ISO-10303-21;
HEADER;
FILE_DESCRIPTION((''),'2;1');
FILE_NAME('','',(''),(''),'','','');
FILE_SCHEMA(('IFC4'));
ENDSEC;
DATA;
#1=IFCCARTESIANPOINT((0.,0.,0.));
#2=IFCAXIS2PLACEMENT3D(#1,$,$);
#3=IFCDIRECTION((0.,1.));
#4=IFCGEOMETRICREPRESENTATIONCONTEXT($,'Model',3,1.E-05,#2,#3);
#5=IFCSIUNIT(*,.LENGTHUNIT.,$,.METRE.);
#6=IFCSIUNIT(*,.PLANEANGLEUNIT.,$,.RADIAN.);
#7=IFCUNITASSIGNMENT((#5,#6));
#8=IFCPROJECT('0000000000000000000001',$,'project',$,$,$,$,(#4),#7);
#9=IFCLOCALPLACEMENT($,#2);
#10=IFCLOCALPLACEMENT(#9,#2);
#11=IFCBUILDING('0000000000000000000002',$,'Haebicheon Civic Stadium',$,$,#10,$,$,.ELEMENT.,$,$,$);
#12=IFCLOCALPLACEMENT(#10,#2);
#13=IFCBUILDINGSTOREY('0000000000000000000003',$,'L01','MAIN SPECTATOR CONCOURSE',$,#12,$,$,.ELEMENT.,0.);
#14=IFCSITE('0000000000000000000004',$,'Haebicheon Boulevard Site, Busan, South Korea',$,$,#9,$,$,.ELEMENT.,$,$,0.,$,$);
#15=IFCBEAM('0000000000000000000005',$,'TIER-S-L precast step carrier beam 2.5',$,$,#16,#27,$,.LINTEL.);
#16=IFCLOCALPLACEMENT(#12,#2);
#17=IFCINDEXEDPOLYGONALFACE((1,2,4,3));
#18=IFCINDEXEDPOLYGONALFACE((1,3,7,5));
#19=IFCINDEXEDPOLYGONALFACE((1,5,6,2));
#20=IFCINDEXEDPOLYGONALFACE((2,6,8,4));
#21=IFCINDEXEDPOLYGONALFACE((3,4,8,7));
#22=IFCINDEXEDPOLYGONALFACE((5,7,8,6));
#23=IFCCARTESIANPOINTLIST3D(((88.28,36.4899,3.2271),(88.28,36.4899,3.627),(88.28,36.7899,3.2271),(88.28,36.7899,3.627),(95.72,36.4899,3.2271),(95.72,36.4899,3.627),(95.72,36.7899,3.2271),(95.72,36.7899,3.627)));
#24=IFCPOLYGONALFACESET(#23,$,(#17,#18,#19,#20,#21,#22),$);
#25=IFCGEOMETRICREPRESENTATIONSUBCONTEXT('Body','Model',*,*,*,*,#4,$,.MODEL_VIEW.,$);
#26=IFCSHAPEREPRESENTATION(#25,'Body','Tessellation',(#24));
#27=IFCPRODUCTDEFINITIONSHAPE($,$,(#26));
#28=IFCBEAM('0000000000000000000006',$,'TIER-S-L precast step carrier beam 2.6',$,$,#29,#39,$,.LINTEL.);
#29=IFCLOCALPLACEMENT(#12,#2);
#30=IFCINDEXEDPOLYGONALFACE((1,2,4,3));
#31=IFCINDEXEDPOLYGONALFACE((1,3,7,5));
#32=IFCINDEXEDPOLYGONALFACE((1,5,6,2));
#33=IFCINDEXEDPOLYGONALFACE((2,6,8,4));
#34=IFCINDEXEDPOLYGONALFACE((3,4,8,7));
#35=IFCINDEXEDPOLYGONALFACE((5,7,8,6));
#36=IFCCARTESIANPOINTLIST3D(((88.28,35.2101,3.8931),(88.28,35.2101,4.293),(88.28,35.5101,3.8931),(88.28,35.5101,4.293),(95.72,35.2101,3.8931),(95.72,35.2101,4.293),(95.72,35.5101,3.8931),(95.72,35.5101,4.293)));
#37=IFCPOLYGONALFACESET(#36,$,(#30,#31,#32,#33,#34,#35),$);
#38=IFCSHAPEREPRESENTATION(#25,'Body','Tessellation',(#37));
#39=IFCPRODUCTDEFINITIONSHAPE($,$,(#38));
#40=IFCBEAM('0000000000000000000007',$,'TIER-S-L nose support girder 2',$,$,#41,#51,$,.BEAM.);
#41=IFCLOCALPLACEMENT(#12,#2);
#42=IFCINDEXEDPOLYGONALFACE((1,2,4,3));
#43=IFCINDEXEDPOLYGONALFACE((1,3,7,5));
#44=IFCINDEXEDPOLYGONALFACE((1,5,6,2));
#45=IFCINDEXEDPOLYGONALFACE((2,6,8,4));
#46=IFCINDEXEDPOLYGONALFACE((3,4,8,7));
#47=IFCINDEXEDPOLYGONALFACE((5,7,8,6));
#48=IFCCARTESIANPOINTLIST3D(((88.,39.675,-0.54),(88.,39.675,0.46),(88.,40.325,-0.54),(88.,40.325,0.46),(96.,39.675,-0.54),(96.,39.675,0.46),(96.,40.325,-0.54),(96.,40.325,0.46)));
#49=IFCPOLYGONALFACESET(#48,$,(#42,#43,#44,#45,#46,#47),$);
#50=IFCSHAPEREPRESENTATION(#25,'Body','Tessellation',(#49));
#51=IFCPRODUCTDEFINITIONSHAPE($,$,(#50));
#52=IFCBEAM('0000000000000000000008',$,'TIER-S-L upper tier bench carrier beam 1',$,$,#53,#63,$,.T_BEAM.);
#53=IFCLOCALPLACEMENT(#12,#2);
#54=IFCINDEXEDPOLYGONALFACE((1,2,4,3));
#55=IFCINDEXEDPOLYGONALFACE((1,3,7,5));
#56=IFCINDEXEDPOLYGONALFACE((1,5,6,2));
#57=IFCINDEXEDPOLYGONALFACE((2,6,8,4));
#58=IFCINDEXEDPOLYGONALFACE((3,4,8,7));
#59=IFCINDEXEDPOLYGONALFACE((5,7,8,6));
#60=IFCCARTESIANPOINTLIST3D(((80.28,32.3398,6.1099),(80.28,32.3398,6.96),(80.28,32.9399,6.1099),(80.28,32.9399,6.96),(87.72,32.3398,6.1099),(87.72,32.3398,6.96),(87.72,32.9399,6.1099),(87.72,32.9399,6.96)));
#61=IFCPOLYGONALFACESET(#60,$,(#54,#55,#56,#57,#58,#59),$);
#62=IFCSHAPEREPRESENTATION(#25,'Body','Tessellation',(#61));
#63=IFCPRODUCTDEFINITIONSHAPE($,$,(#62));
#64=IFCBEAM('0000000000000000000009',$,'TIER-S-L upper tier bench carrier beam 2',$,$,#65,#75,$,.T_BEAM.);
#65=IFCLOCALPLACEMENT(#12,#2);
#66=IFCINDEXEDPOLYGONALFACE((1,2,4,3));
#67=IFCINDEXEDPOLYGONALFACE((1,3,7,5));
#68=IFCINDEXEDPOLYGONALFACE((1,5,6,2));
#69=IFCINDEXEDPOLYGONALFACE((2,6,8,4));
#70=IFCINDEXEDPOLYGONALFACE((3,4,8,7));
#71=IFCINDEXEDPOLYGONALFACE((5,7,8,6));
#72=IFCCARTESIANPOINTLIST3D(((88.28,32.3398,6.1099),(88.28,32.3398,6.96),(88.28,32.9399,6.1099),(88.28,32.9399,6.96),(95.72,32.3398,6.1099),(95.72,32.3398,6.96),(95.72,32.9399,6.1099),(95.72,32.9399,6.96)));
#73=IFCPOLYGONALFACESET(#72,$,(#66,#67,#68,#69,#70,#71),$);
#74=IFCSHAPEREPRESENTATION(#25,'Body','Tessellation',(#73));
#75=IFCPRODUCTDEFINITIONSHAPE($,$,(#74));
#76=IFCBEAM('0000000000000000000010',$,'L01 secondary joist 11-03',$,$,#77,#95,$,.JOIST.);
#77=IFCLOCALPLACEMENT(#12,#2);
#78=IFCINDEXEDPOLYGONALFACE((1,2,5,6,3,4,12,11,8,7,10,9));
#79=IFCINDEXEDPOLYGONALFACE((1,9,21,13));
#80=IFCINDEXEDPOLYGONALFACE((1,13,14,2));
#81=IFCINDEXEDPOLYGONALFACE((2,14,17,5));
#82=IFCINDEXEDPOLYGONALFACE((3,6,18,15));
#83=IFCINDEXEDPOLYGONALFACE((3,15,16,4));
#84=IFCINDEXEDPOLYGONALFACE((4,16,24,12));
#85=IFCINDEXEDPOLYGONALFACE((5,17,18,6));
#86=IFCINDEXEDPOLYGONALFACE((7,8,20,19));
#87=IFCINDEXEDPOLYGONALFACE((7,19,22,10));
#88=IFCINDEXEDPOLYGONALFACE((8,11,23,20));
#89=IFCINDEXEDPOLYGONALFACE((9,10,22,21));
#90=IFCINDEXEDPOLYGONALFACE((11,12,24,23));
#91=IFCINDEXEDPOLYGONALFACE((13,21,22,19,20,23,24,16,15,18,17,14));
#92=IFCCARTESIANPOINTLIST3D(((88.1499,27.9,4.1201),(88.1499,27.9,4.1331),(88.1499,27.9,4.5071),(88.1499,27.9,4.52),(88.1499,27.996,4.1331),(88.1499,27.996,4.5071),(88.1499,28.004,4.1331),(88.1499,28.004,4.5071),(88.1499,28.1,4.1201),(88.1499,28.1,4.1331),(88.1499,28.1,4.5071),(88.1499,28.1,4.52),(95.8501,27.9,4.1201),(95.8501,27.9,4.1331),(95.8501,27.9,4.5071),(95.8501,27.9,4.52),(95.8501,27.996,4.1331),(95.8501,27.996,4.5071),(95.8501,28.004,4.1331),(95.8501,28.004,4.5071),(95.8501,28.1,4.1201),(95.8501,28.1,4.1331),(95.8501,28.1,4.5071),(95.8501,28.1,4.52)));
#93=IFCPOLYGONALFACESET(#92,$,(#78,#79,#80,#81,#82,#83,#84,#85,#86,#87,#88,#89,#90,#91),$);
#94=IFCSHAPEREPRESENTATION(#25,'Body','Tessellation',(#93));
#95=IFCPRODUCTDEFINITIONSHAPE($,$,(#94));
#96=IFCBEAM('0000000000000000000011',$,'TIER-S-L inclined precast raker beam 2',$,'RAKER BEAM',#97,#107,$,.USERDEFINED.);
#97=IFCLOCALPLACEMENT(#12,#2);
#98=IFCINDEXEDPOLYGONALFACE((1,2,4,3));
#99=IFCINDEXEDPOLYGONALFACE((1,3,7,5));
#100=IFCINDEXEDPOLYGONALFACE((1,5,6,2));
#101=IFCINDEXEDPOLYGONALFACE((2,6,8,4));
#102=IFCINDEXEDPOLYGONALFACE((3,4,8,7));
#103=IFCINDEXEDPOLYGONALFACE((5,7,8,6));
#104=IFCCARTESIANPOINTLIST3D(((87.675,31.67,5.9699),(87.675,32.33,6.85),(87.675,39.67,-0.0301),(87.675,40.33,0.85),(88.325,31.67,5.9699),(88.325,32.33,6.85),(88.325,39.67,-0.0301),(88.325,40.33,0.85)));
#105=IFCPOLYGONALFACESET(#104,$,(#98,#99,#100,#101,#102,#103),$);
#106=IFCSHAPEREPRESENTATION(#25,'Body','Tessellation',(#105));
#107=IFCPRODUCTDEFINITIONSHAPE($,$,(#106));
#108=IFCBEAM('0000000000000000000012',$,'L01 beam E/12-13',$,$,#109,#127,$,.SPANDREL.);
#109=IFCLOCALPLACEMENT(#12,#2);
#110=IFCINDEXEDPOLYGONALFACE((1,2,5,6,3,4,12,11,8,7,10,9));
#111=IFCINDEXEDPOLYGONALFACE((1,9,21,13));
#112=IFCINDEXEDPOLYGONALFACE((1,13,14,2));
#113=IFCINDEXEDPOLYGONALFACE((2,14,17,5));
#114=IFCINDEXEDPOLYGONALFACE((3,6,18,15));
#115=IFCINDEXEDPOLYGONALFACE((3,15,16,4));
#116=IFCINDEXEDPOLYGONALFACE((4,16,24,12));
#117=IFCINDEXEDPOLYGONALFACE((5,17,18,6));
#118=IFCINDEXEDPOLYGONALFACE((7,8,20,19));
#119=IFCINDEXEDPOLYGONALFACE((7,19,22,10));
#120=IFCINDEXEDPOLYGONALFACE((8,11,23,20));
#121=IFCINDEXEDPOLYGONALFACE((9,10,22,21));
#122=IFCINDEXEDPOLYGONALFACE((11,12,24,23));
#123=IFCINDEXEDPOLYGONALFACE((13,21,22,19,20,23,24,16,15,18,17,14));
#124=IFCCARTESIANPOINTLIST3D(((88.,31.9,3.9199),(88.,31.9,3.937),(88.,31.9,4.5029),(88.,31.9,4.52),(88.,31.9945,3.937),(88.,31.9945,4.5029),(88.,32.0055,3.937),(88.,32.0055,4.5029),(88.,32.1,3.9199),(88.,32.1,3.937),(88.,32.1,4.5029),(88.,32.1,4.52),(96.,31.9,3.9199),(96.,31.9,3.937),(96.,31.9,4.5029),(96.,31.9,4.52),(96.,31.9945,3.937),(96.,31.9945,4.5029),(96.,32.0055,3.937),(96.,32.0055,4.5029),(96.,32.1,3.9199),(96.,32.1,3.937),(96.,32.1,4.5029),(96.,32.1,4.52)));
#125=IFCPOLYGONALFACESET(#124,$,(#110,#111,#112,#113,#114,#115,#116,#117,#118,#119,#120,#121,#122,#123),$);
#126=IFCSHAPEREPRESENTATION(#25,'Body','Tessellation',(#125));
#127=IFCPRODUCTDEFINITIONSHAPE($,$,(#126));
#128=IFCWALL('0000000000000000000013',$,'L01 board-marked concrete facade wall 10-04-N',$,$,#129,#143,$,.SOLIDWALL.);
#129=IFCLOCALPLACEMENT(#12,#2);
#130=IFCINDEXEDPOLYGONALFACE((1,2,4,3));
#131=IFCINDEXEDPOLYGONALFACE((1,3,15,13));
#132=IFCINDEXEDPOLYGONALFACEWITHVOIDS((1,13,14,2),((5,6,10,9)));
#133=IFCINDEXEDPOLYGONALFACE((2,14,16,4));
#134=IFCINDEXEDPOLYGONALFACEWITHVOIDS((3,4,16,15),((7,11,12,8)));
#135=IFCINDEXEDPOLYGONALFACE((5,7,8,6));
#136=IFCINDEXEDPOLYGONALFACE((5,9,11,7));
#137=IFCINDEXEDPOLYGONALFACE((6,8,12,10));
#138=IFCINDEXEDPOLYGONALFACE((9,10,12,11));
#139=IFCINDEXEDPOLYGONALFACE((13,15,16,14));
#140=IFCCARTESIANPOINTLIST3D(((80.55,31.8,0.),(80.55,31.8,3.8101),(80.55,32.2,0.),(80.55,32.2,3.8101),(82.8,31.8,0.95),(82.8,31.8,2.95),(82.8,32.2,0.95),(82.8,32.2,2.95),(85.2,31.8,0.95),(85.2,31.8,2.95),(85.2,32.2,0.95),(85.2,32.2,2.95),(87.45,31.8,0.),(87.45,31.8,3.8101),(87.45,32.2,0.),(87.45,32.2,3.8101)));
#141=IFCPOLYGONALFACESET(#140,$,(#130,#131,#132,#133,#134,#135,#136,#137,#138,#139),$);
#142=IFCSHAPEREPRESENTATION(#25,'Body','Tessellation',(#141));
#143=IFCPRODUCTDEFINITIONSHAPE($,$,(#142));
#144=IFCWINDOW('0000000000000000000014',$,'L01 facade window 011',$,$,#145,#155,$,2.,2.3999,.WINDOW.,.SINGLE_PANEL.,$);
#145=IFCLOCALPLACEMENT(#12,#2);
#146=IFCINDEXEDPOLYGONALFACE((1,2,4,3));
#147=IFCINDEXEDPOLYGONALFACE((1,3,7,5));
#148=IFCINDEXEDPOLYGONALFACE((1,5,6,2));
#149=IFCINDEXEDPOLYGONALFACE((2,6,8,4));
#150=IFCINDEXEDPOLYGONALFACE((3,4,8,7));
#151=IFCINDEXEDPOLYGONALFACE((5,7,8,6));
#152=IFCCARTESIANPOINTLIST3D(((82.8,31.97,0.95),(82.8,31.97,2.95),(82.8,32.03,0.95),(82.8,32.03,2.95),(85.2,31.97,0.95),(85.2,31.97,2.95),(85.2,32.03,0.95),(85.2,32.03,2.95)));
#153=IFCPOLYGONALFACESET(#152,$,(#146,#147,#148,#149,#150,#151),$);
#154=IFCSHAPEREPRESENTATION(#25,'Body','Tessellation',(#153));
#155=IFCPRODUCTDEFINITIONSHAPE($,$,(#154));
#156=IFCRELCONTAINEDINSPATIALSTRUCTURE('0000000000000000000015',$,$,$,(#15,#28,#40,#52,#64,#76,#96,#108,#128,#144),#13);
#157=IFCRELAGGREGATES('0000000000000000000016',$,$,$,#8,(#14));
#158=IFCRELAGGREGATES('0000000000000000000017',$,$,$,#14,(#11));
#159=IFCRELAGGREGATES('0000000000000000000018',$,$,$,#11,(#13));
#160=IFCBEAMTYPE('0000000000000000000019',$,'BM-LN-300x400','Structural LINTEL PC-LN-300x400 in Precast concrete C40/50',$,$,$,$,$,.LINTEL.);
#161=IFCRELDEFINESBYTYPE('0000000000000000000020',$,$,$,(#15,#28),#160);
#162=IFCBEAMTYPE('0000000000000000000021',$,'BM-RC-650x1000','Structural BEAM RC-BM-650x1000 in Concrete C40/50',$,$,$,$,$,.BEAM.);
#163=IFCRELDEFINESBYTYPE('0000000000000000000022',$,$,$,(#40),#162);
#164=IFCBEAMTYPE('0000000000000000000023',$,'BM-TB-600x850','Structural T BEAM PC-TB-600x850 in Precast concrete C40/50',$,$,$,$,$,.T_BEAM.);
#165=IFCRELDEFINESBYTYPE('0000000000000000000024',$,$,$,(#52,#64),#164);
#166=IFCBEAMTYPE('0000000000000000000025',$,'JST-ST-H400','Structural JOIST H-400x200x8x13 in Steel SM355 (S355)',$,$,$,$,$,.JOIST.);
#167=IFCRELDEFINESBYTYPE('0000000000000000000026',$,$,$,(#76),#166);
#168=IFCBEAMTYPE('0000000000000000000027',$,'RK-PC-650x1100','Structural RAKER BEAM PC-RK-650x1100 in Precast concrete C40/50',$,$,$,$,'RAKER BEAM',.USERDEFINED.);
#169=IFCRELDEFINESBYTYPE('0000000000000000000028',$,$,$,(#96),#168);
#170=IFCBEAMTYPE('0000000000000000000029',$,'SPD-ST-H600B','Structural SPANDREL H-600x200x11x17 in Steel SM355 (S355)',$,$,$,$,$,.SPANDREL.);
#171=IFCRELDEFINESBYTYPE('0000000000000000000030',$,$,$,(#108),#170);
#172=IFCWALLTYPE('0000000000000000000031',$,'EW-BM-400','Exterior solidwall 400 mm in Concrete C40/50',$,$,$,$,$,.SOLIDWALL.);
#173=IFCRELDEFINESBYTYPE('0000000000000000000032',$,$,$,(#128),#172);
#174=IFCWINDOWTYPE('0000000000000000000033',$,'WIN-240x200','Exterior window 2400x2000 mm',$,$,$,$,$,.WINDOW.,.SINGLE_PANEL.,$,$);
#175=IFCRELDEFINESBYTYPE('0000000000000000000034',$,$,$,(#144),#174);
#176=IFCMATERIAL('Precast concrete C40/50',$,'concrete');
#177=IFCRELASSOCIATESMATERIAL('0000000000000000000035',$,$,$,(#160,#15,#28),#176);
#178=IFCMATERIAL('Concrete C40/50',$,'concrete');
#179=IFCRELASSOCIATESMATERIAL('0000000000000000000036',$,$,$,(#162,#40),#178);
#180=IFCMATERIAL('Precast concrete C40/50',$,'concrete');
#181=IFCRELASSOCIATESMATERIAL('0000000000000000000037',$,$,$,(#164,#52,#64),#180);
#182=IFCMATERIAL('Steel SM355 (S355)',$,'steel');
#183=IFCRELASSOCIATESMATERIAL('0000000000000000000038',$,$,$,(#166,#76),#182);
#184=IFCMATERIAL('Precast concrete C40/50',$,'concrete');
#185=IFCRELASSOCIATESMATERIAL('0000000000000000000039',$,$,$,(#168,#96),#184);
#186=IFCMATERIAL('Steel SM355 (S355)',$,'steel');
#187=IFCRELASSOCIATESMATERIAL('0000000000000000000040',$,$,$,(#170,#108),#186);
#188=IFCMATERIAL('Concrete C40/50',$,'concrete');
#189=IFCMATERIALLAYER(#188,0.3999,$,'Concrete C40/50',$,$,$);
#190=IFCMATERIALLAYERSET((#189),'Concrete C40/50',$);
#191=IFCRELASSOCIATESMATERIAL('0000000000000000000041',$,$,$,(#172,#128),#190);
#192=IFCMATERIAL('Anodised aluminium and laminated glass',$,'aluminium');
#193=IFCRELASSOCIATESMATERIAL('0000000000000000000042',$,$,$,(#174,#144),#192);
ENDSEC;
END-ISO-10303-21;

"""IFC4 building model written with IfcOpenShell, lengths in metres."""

from ifc_helpers import new_model, si_unit, direction, frame, frame_2d, origin, origin_2d, place, context, subcontext, project, spatial, rectangle, i_section, extrude, material, layer, layer_set, material_profile, profile_set, type_object, element, fill, save


model = new_model("IFC4")

# Units and contexts
model_context = context("Model", 3, precision=1e-05, world=origin(), true_north=direction((0.0, 1.0)))
body_context = subcontext(model_context, "Body", "Model", "MODEL_VIEW")
ifc_project = project(units=[si_unit("LENGTHUNIT", "METRE"), si_unit("PLANEANGLEUNIT", "RADIAN")], contexts=[model_context])

# Site, building, storey
site_placement = place(None, origin())
site = spatial("IfcSite", under=ifc_project, at=site_placement, Name="Haebicheon Boulevard Site, Busan, South Korea", CompositionType="ELEMENT", RefElevation=0.0)
building_placement = place(site_placement, origin())
building = spatial("IfcBuilding", under=site, at=building_placement, Name="Haebicheon Civic Stadium", CompositionType="ELEMENT")
storey_placement = place(building_placement, origin())
storey = spatial("IfcBuildingStorey", under=building, at=storey_placement, Name="L01", Description="MAIN SPECTATOR CONCOURSE", CompositionType="ELEMENT", Elevation=0.0)

# Beams
ifc_material_1 = material(Name="Precast concrete C40/50", Category="concrete")
ifc_material_profile_1 = material_profile(ifc_material_1, rectangle(XDim=0.3, YDim=0.3999, at=origin_2d()), Name="PC-LN-300x400")
ifc_profile_set_1 = profile_set([ifc_material_profile_1], Name="Precast concrete C40/50")
beam_type_1 = type_object("IfcBeamType", Name="BM-LN-300x400", Description="Structural LINTEL PC-LN-300x400 in Precast concrete C40/50", PredefinedType="LINTEL", material=ifc_profile_set_1)
for number, where, z_axis, x_axis, name in (
    (1, (88.28, 36.6399, 3.427), (1.0, 0.0, 0.0), (0.0, 1.0, 0.0), "TIER-S-L precast step carrier beam 2.5"),
    (2, (88.28, 35.3601, 4.093), (1.0, 0.0, 0.0), (0.0, 1.0, 0.0), "TIER-S-L precast step carrier beam 2.6"),
):
    element("IfcBeam", number, at=place(storey_placement, frame(where, z_axis=z_axis, x_axis=x_axis)), inside=storey, type_object=beam_type_1, material=ifc_profile_set_1, Name=name, PredefinedType="LINTEL", context=body_context, shape_type="SweptSolid", body=[
        extrude(rectangle(XDim=0.3, YDim=0.3999, at=origin_2d()), origin(), (0.0, 0.0, 1.0), 7.4399),
    ])
ifc_material_2 = material(Name="Concrete C40/50", Category="concrete")
ifc_material_profile_2 = material_profile(ifc_material_2, rectangle(XDim=0.6499, YDim=1.0, at=origin_2d()), Name="RC-BM-650x1000")
ifc_profile_set_2 = profile_set([ifc_material_profile_2], Name="Concrete C40/50")
beam_type_2 = type_object("IfcBeamType", Name="BM-RC-650x1000", Description="Structural BEAM RC-BM-650x1000 in Concrete C40/50", PredefinedType="BEAM", material=ifc_profile_set_2)
beam_1_placement = place(storey_placement, frame((88.0, 40.0, -0.04), z_axis=(1.0, 0.0, 0.0), x_axis=(0.0, 1.0, 0.0)))
element("IfcBeam", 3, at=beam_1_placement, inside=storey, type_object=beam_type_2, material=ifc_profile_set_2, Name="TIER-S-L nose support girder 2", PredefinedType="BEAM", context=body_context, shape_type="SweptSolid", body=[
    extrude(rectangle(XDim=0.6499, YDim=1.0, at=origin_2d()), origin(), (0.0, 0.0, 1.0), 8.0),
])
ifc_material_3 = material(Name="Precast concrete C40/50", Category="concrete")
ifc_material_profile_3 = material_profile(ifc_material_3, rectangle(XDim=0.6001, YDim=0.8501, at=origin_2d()), Name="PC-TB-600x850")
ifc_profile_set_3 = profile_set([ifc_material_profile_3], Name="Precast concrete C40/50")
beam_type_3 = type_object("IfcBeamType", Name="BM-TB-600x850", Description="Structural T BEAM PC-TB-600x850 in Precast concrete C40/50", PredefinedType="T_BEAM", material=ifc_profile_set_3)
for number, where, z_axis, x_axis, name in (
    (4, (80.28, 32.6399, 6.5349), (1.0, 0.0, 0.0), (0.0, 1.0, 0.0), "TIER-S-L upper tier bench carrier beam 1"),
    (5, (88.28, 32.6399, 6.5349), (1.0, 0.0, 0.0), (0.0, 1.0, 0.0), "TIER-S-L upper tier bench carrier beam 2"),
):
    element("IfcBeam", number, at=place(storey_placement, frame(where, z_axis=z_axis, x_axis=x_axis)), inside=storey, type_object=beam_type_3, material=ifc_profile_set_3, Name=name, PredefinedType="T_BEAM", context=body_context, shape_type="SweptSolid", body=[
        extrude(rectangle(XDim=0.6001, YDim=0.8501, at=origin_2d()), origin(), (0.0, 0.0, 1.0), 7.4399),
    ])
ifc_material_4 = material(Name="Steel SM355 (S355)", Category="steel")
ifc_material_profile_4 = material_profile(ifc_material_4, i_section(OverallWidth=0.2, OverallDepth=0.3999, WebThickness=0.0081, FlangeThickness=0.0129, at=origin_2d()), Name="H-400x200x8x13")
ifc_profile_set_4 = profile_set([ifc_material_profile_4], Name="Steel SM355 (S355)")
beam_type_4 = type_object("IfcBeamType", Name="JST-ST-H400", Description="Structural JOIST H-400x200x8x13 in Steel SM355 (S355)", PredefinedType="JOIST", material=ifc_profile_set_4)
beam_2_placement = place(storey_placement, frame((88.1499, 28.0, 4.3201), z_axis=(1.0, 0.0, 0.0), x_axis=(0.0, 1.0, 0.0)))
element("IfcBeam", 6, at=beam_2_placement, inside=storey, type_object=beam_type_4, material=ifc_profile_set_4, Name="L01 secondary joist 11-03", PredefinedType="JOIST", context=body_context, shape_type="SweptSolid", body=[
    extrude(i_section(OverallWidth=0.2, OverallDepth=0.3999, WebThickness=0.0081, FlangeThickness=0.0129, at=origin_2d()), origin(), (0.0, 0.0, 1.0), 7.7002),
])
ifc_material_5 = material(Name="Precast concrete C40/50", Category="concrete")
ifc_material_profile_5 = material_profile(ifc_material_5, rectangle(XDim=0.6499, YDim=1.1001, at=origin_2d()), Name="PC-RK-650x1100")
ifc_profile_set_5 = profile_set([ifc_material_profile_5], Name="Precast concrete C40/50")
beam_type_5 = type_object("IfcBeamType", Name="RK-PC-650x1100", Description="Structural RAKER BEAM PC-RK-650x1100 in Precast concrete C40/50", ElementType="RAKER BEAM", PredefinedType="USERDEFINED", material=ifc_profile_set_5)
beam_3_placement = place(storey_placement, frame((88.0, 40.0, 0.4099), z_axis=(0.0, -0.8, 0.6), x_axis=(1.0, 0.0, 0.0)))
element("IfcBeam", 7, at=beam_3_placement, inside=storey, type_object=beam_type_5, material=ifc_profile_set_5, Name="TIER-S-L inclined precast raker beam 2", ObjectType="RAKER BEAM", PredefinedType="USERDEFINED", context=body_context, shape_type="SweptSolid", body=[
    extrude(rectangle(XDim=0.6499, YDim=1.1001, at=origin_2d()), origin(), (0.0, 0.0, 1.0), 10.0),
])
ifc_material_6 = material(Name="Steel SM355 (S355)", Category="steel")
ifc_material_profile_6 = material_profile(ifc_material_6, i_section(OverallWidth=0.2, OverallDepth=0.6001, WebThickness=0.011, FlangeThickness=0.0171, at=origin_2d()), Name="H-600x200x11x17")
ifc_profile_set_6 = profile_set([ifc_material_profile_6], Name="Steel SM355 (S355)")
beam_type_6 = type_object("IfcBeamType", Name="SPD-ST-H600B", Description="Structural SPANDREL H-600x200x11x17 in Steel SM355 (S355)", PredefinedType="SPANDREL", material=ifc_profile_set_6)
beam_4_placement = place(storey_placement, frame((88.0, 32.0, 4.22), z_axis=(1.0, 0.0, 0.0), x_axis=(0.0, 1.0, 0.0)))
element("IfcBeam", 8, at=beam_4_placement, inside=storey, type_object=beam_type_6, material=ifc_profile_set_6, Name="L01 beam E/12-13", PredefinedType="SPANDREL", context=body_context, shape_type="SweptSolid", body=[
    extrude(i_section(OverallWidth=0.2, OverallDepth=0.6001, WebThickness=0.011, FlangeThickness=0.0171, at=origin_2d()), origin(), (0.0, 0.0, 1.0), 8.0),
])

# Wall, opening, window
ifc_material_7 = material(Name="Concrete C40/50", Category="concrete")
ifc_layer = layer(ifc_material_7, 0.3999, Name="Concrete C40/50")
ifc_layer_set = layer_set([ifc_layer], Name="Concrete C40/50")
wall_type = type_object("IfcWallType", Name="EW-BM-400", Description="Exterior solidwall 400 mm in Concrete C40/50", PredefinedType="SOLIDWALL", material=ifc_layer_set)
wall_placement = place(storey_placement, frame((80.55, 32.0, 0.0), z_axis=(0.0, 0.0, 1.0), x_axis=(1.0, 0.0, 0.0)))
wall = element("IfcWall", 9, at=wall_placement, inside=storey, type_object=wall_type, material=ifc_layer_set, Name="L01 board-marked concrete facade wall 10-04-N", PredefinedType="SOLIDWALL", context=body_context, shape_type="SweptSolid", body=[
    extrude(rectangle(XDim=6.8999, YDim=0.3999, at=frame_2d((3.45, 0.0))), origin(), (0.0, 0.0, 1.0), 3.8101),
])
opening_placement = place(wall_placement, frame((2.25, 0.0, 0.95)))
opening = element("IfcOpeningElement", 10, at=opening_placement, cuts=wall, PredefinedType="OPENING", context=body_context, shape_type="SweptSolid", body=[
    extrude(rectangle(XDim=2.3999, YDim=2.0, at=frame_2d((1.2, 1.0))), frame((0.0, 0.21, 0.0), z_axis=(0.0, -1.0, 0.0), x_axis=(1.0, 0.0, 0.0)), (0.0, 0.0, 1.0), 0.4199),
])
ifc_material_8 = material(Name="Anodised aluminium and laminated glass", Category="aluminium")
window_type = type_object("IfcWindowType", Name="WIN-240x200", Description="Exterior window 2400x2000 mm", PartitioningType="SINGLE_PANEL", PredefinedType="WINDOW", material=ifc_material_8)
window_placement = place(opening_placement, origin())
window = element("IfcWindow", 11, at=window_placement, inside=storey, type_object=window_type, material=ifc_material_8, Name="L01 facade window 011", OverallHeight=2.0, OverallWidth=2.3999, PartitioningType="SINGLE_PANEL", PredefinedType="WINDOW", context=body_context, shape_type="SweptSolid", body=[
    extrude(rectangle(XDim=2.3999, YDim=2.0, at=frame_2d((1.2, 1.0))), frame((0.0, 0.03, 0.0), z_axis=(0.0, -1.0, 0.0), x_axis=(1.0, 0.0, 0.0)), (0.0, 0.0, 1.0), 0.0601),
])
fill(opening, window)

save(model, "model.ifc")
